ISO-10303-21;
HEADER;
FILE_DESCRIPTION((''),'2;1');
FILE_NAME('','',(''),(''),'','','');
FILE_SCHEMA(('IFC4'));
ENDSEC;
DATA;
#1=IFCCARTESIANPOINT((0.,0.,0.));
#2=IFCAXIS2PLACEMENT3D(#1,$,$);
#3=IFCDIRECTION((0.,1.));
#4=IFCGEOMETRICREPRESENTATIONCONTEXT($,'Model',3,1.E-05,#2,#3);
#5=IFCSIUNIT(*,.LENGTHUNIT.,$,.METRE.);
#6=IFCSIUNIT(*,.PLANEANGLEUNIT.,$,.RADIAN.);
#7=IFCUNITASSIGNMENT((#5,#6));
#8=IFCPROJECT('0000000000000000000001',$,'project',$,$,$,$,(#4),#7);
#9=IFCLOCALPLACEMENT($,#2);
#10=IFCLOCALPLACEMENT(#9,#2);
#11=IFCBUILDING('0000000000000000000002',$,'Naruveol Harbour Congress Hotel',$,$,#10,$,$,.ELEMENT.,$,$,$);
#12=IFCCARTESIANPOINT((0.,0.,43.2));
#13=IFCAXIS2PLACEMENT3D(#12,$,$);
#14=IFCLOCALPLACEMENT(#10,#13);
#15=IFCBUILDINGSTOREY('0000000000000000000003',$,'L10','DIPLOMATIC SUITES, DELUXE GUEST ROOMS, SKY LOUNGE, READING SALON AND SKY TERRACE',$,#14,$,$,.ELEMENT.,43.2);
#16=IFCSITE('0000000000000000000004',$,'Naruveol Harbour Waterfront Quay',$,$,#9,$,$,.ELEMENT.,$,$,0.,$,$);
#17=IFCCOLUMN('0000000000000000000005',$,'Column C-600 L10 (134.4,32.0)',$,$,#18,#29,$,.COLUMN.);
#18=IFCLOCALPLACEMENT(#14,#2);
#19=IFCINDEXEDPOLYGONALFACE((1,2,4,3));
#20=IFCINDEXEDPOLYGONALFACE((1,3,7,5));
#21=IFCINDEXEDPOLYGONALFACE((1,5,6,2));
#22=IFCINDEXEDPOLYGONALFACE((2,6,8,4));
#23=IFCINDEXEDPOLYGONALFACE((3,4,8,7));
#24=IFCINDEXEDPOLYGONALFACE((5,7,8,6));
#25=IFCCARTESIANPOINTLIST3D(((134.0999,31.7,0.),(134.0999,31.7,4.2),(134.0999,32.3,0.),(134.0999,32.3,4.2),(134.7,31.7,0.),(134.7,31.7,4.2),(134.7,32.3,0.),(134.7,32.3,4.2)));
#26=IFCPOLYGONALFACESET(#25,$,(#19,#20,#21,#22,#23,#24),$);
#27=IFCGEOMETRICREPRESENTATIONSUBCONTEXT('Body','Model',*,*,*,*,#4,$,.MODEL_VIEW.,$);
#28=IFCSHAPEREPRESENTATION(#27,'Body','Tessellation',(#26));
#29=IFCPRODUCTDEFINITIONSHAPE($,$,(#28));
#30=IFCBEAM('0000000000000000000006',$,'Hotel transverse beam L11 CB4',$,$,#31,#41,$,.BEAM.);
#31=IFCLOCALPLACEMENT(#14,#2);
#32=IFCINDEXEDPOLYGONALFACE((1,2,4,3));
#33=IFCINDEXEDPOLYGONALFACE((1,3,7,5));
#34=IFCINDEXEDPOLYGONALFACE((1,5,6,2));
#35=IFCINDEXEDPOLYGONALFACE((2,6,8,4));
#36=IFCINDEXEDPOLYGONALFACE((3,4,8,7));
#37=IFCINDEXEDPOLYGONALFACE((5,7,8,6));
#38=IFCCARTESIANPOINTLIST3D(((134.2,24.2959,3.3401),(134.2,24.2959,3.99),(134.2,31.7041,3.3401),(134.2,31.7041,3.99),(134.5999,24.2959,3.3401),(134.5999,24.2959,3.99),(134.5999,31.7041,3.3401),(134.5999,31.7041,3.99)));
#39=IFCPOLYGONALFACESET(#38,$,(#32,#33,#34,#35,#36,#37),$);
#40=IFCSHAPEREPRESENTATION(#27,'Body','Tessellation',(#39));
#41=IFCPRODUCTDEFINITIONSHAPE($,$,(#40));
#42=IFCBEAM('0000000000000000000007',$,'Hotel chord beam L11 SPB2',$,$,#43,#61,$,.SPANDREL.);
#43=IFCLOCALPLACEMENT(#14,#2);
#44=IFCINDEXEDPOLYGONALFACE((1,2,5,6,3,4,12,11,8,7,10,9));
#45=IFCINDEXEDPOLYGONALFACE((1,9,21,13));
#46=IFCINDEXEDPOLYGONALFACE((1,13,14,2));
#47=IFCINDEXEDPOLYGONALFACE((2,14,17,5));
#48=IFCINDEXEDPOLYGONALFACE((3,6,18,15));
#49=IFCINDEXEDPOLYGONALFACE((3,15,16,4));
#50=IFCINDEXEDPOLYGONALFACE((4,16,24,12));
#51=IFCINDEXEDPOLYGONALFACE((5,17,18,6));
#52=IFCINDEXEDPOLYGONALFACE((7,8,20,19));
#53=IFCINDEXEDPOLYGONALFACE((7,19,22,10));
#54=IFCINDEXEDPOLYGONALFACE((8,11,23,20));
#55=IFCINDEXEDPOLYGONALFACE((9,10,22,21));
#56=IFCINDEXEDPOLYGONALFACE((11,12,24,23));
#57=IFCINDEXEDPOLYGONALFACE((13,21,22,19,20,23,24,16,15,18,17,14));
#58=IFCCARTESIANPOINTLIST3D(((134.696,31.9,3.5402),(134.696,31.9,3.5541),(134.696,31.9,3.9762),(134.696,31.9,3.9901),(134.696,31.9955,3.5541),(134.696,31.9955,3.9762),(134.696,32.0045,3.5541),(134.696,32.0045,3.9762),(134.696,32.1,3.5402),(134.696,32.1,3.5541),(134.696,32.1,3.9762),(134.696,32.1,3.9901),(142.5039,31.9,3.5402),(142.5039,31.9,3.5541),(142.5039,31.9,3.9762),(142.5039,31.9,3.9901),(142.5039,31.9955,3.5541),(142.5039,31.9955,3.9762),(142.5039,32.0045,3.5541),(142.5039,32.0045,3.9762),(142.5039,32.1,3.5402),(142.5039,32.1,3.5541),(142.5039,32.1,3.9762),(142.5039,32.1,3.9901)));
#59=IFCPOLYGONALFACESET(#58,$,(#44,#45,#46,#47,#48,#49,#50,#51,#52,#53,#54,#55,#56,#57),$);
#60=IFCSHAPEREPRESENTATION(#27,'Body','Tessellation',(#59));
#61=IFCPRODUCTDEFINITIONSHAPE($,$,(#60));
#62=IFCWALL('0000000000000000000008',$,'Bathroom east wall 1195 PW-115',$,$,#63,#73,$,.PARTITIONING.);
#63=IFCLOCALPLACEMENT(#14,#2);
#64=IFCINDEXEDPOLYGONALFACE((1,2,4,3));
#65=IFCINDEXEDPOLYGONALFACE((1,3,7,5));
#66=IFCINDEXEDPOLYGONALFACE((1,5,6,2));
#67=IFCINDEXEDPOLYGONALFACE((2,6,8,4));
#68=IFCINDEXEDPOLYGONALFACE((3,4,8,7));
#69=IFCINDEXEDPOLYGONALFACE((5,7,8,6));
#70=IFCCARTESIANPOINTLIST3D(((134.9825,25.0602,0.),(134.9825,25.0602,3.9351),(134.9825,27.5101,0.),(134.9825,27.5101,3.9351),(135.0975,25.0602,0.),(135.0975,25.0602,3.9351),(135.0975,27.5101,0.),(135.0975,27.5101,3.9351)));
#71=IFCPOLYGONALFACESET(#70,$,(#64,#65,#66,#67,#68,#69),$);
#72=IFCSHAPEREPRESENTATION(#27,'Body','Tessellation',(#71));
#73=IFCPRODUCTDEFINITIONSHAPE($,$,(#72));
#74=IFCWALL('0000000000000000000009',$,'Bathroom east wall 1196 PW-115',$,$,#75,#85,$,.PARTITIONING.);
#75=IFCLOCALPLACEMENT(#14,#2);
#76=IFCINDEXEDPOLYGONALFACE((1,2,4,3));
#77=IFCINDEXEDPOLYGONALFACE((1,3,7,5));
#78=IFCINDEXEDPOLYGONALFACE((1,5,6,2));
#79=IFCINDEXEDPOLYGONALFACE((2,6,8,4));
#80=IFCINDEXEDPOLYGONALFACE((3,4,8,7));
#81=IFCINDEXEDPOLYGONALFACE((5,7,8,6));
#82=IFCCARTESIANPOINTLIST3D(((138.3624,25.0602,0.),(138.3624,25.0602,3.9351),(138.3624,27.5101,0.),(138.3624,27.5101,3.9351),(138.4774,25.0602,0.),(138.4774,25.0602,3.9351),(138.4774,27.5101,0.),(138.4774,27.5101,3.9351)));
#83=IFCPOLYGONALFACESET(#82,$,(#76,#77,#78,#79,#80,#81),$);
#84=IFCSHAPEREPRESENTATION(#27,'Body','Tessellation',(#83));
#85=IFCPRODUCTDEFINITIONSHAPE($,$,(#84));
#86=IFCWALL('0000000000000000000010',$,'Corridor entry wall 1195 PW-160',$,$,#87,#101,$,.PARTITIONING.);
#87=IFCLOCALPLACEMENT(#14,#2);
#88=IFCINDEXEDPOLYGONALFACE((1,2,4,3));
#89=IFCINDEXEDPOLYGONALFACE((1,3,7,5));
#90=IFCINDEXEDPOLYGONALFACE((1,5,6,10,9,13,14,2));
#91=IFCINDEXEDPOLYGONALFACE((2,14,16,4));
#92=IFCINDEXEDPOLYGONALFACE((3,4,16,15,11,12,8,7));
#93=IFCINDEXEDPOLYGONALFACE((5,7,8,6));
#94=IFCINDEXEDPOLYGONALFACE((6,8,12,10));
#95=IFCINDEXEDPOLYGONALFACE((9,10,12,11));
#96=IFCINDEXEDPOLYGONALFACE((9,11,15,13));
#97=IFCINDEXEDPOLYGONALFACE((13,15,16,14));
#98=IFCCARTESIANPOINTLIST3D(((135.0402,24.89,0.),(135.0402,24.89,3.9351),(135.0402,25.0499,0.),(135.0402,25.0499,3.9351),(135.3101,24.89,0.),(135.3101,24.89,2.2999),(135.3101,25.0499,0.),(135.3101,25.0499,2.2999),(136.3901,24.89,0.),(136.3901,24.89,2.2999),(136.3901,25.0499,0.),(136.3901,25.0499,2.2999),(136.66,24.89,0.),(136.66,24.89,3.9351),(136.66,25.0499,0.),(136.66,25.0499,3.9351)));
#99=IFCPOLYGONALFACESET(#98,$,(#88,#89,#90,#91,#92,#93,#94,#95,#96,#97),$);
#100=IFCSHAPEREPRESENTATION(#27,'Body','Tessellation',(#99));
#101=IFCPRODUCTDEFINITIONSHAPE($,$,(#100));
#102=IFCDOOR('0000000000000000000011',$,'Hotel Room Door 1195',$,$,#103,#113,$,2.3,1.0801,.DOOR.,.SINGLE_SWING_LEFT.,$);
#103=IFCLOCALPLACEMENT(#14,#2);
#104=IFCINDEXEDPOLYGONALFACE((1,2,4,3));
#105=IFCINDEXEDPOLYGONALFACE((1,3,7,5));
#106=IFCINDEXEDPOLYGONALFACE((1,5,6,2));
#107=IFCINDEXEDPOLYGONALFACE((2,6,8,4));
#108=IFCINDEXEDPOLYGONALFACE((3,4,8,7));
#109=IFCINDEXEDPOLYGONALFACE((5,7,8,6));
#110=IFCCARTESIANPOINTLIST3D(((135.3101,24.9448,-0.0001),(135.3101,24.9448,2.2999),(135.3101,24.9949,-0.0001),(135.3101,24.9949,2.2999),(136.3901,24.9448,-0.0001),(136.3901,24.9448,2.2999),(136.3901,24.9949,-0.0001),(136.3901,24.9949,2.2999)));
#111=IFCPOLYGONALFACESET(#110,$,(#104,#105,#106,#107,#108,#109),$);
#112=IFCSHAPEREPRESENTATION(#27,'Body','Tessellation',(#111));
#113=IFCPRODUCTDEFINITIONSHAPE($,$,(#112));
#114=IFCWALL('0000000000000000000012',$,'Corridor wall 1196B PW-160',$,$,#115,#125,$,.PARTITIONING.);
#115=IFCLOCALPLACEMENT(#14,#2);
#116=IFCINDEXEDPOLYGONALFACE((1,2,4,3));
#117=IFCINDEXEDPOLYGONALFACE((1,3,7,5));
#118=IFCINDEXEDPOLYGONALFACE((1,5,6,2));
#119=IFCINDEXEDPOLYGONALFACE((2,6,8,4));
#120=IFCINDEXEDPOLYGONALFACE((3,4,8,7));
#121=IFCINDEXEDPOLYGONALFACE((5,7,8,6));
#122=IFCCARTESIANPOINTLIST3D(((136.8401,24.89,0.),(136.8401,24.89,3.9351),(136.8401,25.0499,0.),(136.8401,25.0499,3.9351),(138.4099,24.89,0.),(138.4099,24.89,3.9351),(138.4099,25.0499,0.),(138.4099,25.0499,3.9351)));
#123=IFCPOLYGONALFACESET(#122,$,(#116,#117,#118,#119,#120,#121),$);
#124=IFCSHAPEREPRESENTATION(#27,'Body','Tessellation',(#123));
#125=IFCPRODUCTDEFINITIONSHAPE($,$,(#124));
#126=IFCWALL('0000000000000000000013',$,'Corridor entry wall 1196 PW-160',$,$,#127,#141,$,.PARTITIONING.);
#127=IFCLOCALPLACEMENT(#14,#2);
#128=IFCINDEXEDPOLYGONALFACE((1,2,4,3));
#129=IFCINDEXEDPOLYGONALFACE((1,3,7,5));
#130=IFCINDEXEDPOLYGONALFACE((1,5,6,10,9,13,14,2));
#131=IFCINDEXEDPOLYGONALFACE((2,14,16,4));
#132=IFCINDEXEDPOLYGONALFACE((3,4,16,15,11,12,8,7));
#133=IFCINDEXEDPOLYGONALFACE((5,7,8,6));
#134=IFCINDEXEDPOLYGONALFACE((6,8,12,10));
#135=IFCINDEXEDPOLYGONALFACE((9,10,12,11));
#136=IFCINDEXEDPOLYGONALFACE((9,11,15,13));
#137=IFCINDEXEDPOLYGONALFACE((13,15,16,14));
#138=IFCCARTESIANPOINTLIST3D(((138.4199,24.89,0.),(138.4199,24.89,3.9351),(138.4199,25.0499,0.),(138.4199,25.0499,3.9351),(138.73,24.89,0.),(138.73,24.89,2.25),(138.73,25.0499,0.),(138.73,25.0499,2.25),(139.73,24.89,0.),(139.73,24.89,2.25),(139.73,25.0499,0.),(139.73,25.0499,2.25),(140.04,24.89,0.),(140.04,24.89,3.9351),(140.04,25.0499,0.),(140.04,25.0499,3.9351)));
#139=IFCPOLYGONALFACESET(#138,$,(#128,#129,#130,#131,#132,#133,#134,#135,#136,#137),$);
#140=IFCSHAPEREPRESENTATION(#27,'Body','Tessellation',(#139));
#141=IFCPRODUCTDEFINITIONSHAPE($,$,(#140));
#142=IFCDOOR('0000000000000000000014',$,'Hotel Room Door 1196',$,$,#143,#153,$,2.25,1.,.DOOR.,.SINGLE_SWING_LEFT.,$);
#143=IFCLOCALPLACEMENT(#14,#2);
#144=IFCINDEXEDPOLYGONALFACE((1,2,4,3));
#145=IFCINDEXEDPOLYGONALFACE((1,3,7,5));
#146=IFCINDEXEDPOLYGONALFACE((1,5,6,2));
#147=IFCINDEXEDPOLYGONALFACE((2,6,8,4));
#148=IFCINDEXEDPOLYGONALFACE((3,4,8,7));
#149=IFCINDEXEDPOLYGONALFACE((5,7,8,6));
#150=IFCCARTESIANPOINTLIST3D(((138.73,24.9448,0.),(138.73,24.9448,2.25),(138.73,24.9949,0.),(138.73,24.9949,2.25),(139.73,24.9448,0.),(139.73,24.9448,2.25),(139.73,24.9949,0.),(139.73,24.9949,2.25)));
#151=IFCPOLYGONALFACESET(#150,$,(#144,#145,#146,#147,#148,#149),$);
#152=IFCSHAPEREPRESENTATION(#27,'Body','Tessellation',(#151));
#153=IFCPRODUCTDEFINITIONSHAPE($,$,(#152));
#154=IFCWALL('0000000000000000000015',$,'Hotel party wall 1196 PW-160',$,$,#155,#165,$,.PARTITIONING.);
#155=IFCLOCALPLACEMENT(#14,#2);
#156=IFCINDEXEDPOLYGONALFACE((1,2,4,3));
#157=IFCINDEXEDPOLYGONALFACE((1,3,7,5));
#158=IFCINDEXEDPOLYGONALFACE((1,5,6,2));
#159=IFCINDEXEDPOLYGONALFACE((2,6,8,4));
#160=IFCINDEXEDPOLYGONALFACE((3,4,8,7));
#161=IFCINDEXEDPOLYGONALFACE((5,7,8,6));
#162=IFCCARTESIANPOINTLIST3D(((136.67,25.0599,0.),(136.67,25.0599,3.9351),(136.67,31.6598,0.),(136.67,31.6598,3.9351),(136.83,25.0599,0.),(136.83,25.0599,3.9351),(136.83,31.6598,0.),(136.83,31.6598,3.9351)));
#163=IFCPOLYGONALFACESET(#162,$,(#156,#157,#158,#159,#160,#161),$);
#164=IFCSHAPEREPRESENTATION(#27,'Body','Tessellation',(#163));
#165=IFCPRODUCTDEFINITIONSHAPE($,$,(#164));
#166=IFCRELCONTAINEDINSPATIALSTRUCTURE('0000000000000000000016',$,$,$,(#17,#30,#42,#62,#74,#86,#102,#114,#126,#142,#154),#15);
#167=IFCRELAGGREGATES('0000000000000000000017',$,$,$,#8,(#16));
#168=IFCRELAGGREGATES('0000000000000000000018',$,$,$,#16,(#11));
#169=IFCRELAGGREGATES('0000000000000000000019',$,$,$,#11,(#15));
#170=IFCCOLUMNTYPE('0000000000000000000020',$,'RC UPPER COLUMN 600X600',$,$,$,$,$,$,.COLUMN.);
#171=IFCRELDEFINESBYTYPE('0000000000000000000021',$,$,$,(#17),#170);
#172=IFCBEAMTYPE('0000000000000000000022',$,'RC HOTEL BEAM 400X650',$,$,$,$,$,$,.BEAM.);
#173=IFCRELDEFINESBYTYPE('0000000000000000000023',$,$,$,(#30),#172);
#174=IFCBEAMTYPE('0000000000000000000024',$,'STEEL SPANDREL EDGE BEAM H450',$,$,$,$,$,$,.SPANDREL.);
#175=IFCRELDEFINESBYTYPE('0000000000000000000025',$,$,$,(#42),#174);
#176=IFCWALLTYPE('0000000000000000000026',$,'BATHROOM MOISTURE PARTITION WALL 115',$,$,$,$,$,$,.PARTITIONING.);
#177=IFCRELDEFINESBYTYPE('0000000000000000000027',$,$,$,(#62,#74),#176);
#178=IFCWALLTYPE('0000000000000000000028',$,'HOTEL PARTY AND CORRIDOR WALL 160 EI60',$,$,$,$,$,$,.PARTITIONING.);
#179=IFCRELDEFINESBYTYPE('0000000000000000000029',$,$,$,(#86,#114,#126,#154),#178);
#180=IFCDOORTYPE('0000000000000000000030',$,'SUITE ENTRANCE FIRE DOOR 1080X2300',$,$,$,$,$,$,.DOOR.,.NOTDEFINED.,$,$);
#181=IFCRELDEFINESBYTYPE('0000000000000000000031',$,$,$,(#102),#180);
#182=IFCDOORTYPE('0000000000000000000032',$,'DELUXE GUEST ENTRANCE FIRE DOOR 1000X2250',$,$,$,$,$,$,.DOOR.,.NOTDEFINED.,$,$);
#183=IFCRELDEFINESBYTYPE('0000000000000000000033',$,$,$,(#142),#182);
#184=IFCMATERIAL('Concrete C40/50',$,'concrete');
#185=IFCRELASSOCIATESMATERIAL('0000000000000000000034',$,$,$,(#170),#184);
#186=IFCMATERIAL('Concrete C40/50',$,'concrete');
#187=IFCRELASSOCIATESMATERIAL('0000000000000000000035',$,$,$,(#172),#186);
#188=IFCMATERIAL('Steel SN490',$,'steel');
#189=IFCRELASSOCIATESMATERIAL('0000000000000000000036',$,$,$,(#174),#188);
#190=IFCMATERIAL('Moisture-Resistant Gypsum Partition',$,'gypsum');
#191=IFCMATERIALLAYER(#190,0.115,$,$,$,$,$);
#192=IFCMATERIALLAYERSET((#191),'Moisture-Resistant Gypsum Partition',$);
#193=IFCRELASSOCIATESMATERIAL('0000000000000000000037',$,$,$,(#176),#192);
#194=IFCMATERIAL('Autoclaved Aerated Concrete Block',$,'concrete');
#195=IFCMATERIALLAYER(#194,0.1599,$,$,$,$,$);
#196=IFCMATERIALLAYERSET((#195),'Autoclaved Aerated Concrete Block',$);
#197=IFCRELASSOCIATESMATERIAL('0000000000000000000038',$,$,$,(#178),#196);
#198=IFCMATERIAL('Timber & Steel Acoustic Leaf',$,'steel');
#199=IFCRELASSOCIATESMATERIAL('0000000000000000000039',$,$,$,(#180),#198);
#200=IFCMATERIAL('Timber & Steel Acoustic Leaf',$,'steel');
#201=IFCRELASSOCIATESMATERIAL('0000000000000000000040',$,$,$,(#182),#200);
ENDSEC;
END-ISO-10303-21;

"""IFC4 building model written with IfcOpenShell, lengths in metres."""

from ifc_helpers import new_model, si_unit, direction, frame, frame_2d, origin, origin_2d, place, context, subcontext, project, spatial, rectangle, i_section, extrude, material, layer, layer_set, material_profile, profile_set, type_object, element, fill, save


model = new_model("IFC4")

# Units and contexts
model_context = context("Model", 3, precision=1e-05, world=origin(), true_north=direction((0.0, 1.0)))
body_context = subcontext(model_context, "Body", "Model", "MODEL_VIEW")
ifc_project = project(units=[si_unit("LENGTHUNIT", "METRE"), si_unit("PLANEANGLEUNIT", "RADIAN")], contexts=[model_context])

# Site, building, storey
site_placement = place(None, origin())
site = spatial("IfcSite", under=ifc_project, at=site_placement, Name="Naruveol Harbour Waterfront Quay", CompositionType="ELEMENT", RefElevation=0.0)
building_placement = place(site_placement, origin())
building = spatial("IfcBuilding", under=site, at=building_placement, Name="Naruveol Harbour Congress Hotel", CompositionType="ELEMENT")
storey_placement = place(building_placement, frame((0.0, 0.0, 43.2)))
storey = spatial("IfcBuildingStorey", under=building, at=storey_placement, Name="L10", Description="DIPLOMATIC SUITES, DELUXE GUEST ROOMS, SKY LOUNGE, READING SALON AND SKY TERRACE", CompositionType="ELEMENT", Elevation=43.2)

# Column
ifc_material_1 = material(Name="Concrete C40/50", Category="concrete")
ifc_material_profile_1 = material_profile(ifc_material_1, rectangle(XDim=0.6001, YDim=0.6001, at=origin_2d()), Name="RC-600x600")
ifc_profile_set_1 = profile_set([ifc_material_profile_1], Name="Concrete C40/50")
column_type = type_object("IfcColumnType", Name="RC UPPER COLUMN 600X600", PredefinedType="COLUMN", material=ifc_profile_set_1)
column_placement = place(storey_placement, frame((134.3999, 32.0, 0.0), z_axis=(0.0, 0.0, 1.0), x_axis=(1.0, 0.0, 0.0)))
element("IfcColumn", 1, at=column_placement, inside=storey, type_object=column_type, Name="Column C-600 L10 (134.4,32.0)", PredefinedType="COLUMN", context=body_context, shape_type="SweptSolid", body=[
    extrude(rectangle(XDim=0.6001, YDim=0.6001, at=origin_2d()), origin(), (0.0, 0.0, 1.0), 4.2),
])

# Beams
ifc_material_2 = material(Name="Concrete C40/50", Category="concrete")
ifc_material_profile_2 = material_profile(ifc_material_2, rectangle(XDim=0.3999, YDim=0.6499, at=origin_2d()), Name="RCB-400x650")
ifc_profile_set_2 = profile_set([ifc_material_profile_2], Name="Concrete C40/50")
beam_type_1 = type_object("IfcBeamType", Name="RC HOTEL BEAM 400X650", PredefinedType="BEAM", material=ifc_profile_set_2)
beam_1_placement = place(storey_placement, frame((134.3999, 24.2959, 3.665), z_axis=(0.0, 1.0, 0.0), x_axis=(-1.0, 0.0, 0.0)))
element("IfcBeam", 2, at=beam_1_placement, inside=storey, type_object=beam_type_1, Name="Hotel transverse beam L11 CB4", PredefinedType="BEAM", context=body_context, shape_type="SweptSolid", body=[
    extrude(rectangle(XDim=0.3999, YDim=0.6499, at=origin_2d()), origin(), (0.0, 0.0, 1.0), 7.4082),
])
ifc_material_3 = material(Name="Steel SN490", Category="steel")
ifc_material_profile_3 = material_profile(ifc_material_3, i_section(OverallWidth=0.2, OverallDepth=0.45, WebThickness=0.009, FlangeThickness=0.0139, at=origin_2d()), Name="H-450x200x9x14")
ifc_profile_set_3 = profile_set([ifc_material_profile_3], Name="Steel SN490")
beam_type_2 = type_object("IfcBeamType", Name="STEEL SPANDREL EDGE BEAM H450", PredefinedType="SPANDREL", material=ifc_profile_set_3)
beam_2_placement = place(storey_placement, frame((134.696, 32.0, 3.7651), z_axis=(1.0, 0.0, 0.0), x_axis=(0.0, 1.0, 0.0)))
element("IfcBeam", 3, at=beam_2_placement, inside=storey, type_object=beam_type_2, Name="Hotel chord beam L11 SPB2", PredefinedType="SPANDREL", context=body_context, shape_type="SweptSolid", body=[
    extrude(i_section(OverallWidth=0.2, OverallDepth=0.45, WebThickness=0.009, FlangeThickness=0.0139, at=origin_2d()), origin(), (0.0, 0.0, 1.0), 7.8079),
])

# Walls
ifc_material_4 = material(Name="Moisture-Resistant Gypsum Partition", Category="gypsum")
ifc_layer_1 = layer(ifc_material_4, 0.115)
ifc_layer_set_1 = layer_set([ifc_layer_1], Name="Moisture-Resistant Gypsum Partition")
wall_type_1 = type_object("IfcWallType", Name="BATHROOM MOISTURE PARTITION WALL 115", PredefinedType="PARTITIONING", material=ifc_layer_set_1)
for number, where, z_axis, x_axis, name in (
    (4, (135.04, 25.0601, 0.0), (0.0, 0.0, 1.0), (0.0, 1.0, 0.0), "Bathroom east wall 1195 PW-115"),
    (5, (138.4199, 25.0601, 0.0), (0.0, 0.0, 1.0), (0.0, 1.0, 0.0), "Bathroom east wall 1196 PW-115"),
):
    element("IfcWall", number, at=place(storey_placement, frame(where, z_axis=z_axis, x_axis=x_axis)), inside=storey, type_object=wall_type_1, Name=name, PredefinedType="PARTITIONING", context=body_context, shape_type="SweptSolid", body=[
        extrude(rectangle(XDim=2.45, YDim=0.115, at=frame_2d((1.2251, 0.0))), origin(), (0.0, 0.0, 1.0), 3.9351),
    ])

# Wall, opening, door
ifc_material_5 = material(Name="Autoclaved Aerated Concrete Block", Category="concrete")
ifc_layer_2 = layer(ifc_material_5, 0.1599)
ifc_layer_set_2 = layer_set([ifc_layer_2], Name="Autoclaved Aerated Concrete Block")
wall_type_2 = type_object("IfcWallType", Name="HOTEL PARTY AND CORRIDOR WALL 160 EI60", PredefinedType="PARTITIONING", material=ifc_layer_set_2)
wall_1_placement = place(storey_placement, frame((135.04, 24.97, 0.0), z_axis=(0.0, 0.0, 1.0), x_axis=(1.0, 0.0, 0.0)))
wall_1 = element("IfcWall", 6, at=wall_1_placement, inside=storey, type_object=wall_type_2, Name="Corridor entry wall 1195 PW-160", PredefinedType="PARTITIONING", context=body_context, shape_type="SweptSolid", body=[
    extrude(rectangle(XDim=1.6199, YDim=0.1599, at=frame_2d((0.8101, 0.0))), origin(), (0.0, 0.0, 1.0), 3.9351),
])
opening_1_placement = place(wall_1_placement, frame((0.27, 0.0, 0.0)))
opening_1 = element("IfcOpeningElement", 7, at=opening_1_placement, cuts=wall_1, PredefinedType="OPENING", context=body_context, shape_type="SweptSolid", body=[
    extrude(rectangle(XDim=1.0801, YDim=2.3, at=frame_2d((0.54, 1.1499))), frame((0.0, 0.0898, 0.0), z_axis=(0.0, -1.0, 0.0), x_axis=(1.0, 0.0, 0.0)), (0.0, 0.0, 1.0), 0.1799),
])
ifc_material_6 = material(Name="Timber & Steel Acoustic Leaf", Category="steel")
door_type_1 = type_object("IfcDoorType", Name="SUITE ENTRANCE FIRE DOOR 1080X2300", OperationType="NOTDEFINED", PredefinedType="DOOR", material=ifc_material_6)
door_1_placement = place(opening_1_placement, origin())
door_1 = element("IfcDoor", 8, at=door_1_placement, inside=storey, type_object=door_type_1, Name="Hotel Room Door 1195", OperationType="SINGLE_SWING_LEFT", OverallHeight=2.3, OverallWidth=1.0801, PredefinedType="DOOR", context=body_context, shape_type="SweptSolid", body=[
    extrude(rectangle(XDim=1.0801, YDim=2.3, at=frame_2d((0.54, 1.1499))), frame((0.0, 0.0249, 0.0), z_axis=(0.0, -1.0, 0.0), x_axis=(1.0, 0.0, 0.0)), (0.0, 0.0, 1.0), 0.05),
])
fill(opening_1, door_1)

# Wall
wall_2_placement = place(storey_placement, frame((136.8401, 24.97, 0.0), z_axis=(0.0, 0.0, 1.0), x_axis=(1.0, 0.0, 0.0)))
element("IfcWall", 9, at=wall_2_placement, inside=storey, type_object=wall_type_2, Name="Corridor wall 1196B PW-160", PredefinedType="PARTITIONING", context=body_context, shape_type="SweptSolid", body=[
    extrude(rectangle(XDim=1.5698, YDim=0.1599, at=frame_2d((0.7849, 0.0))), origin(), (0.0, 0.0, 1.0), 3.9351),
])

# Wall, opening, door
wall_3_placement = place(storey_placement, frame((138.4199, 24.97, 0.0), z_axis=(0.0, 0.0, 1.0), x_axis=(1.0, 0.0, 0.0)))
wall_3 = element("IfcWall", 10, at=wall_3_placement, inside=storey, type_object=wall_type_2, Name="Corridor entry wall 1196 PW-160", PredefinedType="PARTITIONING", context=body_context, shape_type="SweptSolid", body=[
    extrude(rectangle(XDim=1.6201, YDim=0.1599, at=frame_2d((0.8101, 0.0))), origin(), (0.0, 0.0, 1.0), 3.9351),
])
opening_2_placement = place(wall_3_placement, frame((0.3101, 0.0, 0.0)))
opening_2 = element("IfcOpeningElement", 11, at=opening_2_placement, cuts=wall_3, PredefinedType="OPENING", context=body_context, shape_type="SweptSolid", body=[
    extrude(rectangle(XDim=1.0, YDim=2.25, at=frame_2d((0.5, 1.125))), frame((0.0, 0.0898, 0.0), z_axis=(0.0, -1.0, 0.0), x_axis=(1.0, 0.0, 0.0)), (0.0, 0.0, 1.0), 0.1799),
])
ifc_material_7 = material(Name="Timber & Steel Acoustic Leaf", Category="steel")
door_type_2 = type_object("IfcDoorType", Name="DELUXE GUEST ENTRANCE FIRE DOOR 1000X2250", OperationType="NOTDEFINED", PredefinedType="DOOR", material=ifc_material_7)
door_2_placement = place(opening_2_placement, origin())
door_2 = element("IfcDoor", 12, at=door_2_placement, inside=storey, type_object=door_type_2, Name="Hotel Room Door 1196", OperationType="SINGLE_SWING_LEFT", OverallHeight=2.25, OverallWidth=1.0, PredefinedType="DOOR", context=body_context, shape_type="SweptSolid", body=[
    extrude(rectangle(XDim=1.0, YDim=2.25, at=frame_2d((0.5, 1.125))), frame((0.0, 0.0249, 0.0), z_axis=(0.0, -1.0, 0.0), x_axis=(1.0, 0.0, 0.0)), (0.0, 0.0, 1.0), 0.05),
])
fill(opening_2, door_2)

# Wall
wall_4_placement = place(storey_placement, frame((136.75, 25.0601, 0.0), z_axis=(0.0, 0.0, 1.0), x_axis=(0.0, 1.0, 0.0)))
element("IfcWall", 13, at=wall_4_placement, inside=storey, type_object=wall_type_2, Name="Hotel party wall 1196 PW-160", PredefinedType="PARTITIONING", context=body_context, shape_type="SweptSolid", body=[
    extrude(rectangle(XDim=6.5999, YDim=0.1599, at=frame_2d((3.2998, 0.0))), origin(), (0.0, 0.0, 1.0), 3.9351),
])

save(model, "model.ifc")
